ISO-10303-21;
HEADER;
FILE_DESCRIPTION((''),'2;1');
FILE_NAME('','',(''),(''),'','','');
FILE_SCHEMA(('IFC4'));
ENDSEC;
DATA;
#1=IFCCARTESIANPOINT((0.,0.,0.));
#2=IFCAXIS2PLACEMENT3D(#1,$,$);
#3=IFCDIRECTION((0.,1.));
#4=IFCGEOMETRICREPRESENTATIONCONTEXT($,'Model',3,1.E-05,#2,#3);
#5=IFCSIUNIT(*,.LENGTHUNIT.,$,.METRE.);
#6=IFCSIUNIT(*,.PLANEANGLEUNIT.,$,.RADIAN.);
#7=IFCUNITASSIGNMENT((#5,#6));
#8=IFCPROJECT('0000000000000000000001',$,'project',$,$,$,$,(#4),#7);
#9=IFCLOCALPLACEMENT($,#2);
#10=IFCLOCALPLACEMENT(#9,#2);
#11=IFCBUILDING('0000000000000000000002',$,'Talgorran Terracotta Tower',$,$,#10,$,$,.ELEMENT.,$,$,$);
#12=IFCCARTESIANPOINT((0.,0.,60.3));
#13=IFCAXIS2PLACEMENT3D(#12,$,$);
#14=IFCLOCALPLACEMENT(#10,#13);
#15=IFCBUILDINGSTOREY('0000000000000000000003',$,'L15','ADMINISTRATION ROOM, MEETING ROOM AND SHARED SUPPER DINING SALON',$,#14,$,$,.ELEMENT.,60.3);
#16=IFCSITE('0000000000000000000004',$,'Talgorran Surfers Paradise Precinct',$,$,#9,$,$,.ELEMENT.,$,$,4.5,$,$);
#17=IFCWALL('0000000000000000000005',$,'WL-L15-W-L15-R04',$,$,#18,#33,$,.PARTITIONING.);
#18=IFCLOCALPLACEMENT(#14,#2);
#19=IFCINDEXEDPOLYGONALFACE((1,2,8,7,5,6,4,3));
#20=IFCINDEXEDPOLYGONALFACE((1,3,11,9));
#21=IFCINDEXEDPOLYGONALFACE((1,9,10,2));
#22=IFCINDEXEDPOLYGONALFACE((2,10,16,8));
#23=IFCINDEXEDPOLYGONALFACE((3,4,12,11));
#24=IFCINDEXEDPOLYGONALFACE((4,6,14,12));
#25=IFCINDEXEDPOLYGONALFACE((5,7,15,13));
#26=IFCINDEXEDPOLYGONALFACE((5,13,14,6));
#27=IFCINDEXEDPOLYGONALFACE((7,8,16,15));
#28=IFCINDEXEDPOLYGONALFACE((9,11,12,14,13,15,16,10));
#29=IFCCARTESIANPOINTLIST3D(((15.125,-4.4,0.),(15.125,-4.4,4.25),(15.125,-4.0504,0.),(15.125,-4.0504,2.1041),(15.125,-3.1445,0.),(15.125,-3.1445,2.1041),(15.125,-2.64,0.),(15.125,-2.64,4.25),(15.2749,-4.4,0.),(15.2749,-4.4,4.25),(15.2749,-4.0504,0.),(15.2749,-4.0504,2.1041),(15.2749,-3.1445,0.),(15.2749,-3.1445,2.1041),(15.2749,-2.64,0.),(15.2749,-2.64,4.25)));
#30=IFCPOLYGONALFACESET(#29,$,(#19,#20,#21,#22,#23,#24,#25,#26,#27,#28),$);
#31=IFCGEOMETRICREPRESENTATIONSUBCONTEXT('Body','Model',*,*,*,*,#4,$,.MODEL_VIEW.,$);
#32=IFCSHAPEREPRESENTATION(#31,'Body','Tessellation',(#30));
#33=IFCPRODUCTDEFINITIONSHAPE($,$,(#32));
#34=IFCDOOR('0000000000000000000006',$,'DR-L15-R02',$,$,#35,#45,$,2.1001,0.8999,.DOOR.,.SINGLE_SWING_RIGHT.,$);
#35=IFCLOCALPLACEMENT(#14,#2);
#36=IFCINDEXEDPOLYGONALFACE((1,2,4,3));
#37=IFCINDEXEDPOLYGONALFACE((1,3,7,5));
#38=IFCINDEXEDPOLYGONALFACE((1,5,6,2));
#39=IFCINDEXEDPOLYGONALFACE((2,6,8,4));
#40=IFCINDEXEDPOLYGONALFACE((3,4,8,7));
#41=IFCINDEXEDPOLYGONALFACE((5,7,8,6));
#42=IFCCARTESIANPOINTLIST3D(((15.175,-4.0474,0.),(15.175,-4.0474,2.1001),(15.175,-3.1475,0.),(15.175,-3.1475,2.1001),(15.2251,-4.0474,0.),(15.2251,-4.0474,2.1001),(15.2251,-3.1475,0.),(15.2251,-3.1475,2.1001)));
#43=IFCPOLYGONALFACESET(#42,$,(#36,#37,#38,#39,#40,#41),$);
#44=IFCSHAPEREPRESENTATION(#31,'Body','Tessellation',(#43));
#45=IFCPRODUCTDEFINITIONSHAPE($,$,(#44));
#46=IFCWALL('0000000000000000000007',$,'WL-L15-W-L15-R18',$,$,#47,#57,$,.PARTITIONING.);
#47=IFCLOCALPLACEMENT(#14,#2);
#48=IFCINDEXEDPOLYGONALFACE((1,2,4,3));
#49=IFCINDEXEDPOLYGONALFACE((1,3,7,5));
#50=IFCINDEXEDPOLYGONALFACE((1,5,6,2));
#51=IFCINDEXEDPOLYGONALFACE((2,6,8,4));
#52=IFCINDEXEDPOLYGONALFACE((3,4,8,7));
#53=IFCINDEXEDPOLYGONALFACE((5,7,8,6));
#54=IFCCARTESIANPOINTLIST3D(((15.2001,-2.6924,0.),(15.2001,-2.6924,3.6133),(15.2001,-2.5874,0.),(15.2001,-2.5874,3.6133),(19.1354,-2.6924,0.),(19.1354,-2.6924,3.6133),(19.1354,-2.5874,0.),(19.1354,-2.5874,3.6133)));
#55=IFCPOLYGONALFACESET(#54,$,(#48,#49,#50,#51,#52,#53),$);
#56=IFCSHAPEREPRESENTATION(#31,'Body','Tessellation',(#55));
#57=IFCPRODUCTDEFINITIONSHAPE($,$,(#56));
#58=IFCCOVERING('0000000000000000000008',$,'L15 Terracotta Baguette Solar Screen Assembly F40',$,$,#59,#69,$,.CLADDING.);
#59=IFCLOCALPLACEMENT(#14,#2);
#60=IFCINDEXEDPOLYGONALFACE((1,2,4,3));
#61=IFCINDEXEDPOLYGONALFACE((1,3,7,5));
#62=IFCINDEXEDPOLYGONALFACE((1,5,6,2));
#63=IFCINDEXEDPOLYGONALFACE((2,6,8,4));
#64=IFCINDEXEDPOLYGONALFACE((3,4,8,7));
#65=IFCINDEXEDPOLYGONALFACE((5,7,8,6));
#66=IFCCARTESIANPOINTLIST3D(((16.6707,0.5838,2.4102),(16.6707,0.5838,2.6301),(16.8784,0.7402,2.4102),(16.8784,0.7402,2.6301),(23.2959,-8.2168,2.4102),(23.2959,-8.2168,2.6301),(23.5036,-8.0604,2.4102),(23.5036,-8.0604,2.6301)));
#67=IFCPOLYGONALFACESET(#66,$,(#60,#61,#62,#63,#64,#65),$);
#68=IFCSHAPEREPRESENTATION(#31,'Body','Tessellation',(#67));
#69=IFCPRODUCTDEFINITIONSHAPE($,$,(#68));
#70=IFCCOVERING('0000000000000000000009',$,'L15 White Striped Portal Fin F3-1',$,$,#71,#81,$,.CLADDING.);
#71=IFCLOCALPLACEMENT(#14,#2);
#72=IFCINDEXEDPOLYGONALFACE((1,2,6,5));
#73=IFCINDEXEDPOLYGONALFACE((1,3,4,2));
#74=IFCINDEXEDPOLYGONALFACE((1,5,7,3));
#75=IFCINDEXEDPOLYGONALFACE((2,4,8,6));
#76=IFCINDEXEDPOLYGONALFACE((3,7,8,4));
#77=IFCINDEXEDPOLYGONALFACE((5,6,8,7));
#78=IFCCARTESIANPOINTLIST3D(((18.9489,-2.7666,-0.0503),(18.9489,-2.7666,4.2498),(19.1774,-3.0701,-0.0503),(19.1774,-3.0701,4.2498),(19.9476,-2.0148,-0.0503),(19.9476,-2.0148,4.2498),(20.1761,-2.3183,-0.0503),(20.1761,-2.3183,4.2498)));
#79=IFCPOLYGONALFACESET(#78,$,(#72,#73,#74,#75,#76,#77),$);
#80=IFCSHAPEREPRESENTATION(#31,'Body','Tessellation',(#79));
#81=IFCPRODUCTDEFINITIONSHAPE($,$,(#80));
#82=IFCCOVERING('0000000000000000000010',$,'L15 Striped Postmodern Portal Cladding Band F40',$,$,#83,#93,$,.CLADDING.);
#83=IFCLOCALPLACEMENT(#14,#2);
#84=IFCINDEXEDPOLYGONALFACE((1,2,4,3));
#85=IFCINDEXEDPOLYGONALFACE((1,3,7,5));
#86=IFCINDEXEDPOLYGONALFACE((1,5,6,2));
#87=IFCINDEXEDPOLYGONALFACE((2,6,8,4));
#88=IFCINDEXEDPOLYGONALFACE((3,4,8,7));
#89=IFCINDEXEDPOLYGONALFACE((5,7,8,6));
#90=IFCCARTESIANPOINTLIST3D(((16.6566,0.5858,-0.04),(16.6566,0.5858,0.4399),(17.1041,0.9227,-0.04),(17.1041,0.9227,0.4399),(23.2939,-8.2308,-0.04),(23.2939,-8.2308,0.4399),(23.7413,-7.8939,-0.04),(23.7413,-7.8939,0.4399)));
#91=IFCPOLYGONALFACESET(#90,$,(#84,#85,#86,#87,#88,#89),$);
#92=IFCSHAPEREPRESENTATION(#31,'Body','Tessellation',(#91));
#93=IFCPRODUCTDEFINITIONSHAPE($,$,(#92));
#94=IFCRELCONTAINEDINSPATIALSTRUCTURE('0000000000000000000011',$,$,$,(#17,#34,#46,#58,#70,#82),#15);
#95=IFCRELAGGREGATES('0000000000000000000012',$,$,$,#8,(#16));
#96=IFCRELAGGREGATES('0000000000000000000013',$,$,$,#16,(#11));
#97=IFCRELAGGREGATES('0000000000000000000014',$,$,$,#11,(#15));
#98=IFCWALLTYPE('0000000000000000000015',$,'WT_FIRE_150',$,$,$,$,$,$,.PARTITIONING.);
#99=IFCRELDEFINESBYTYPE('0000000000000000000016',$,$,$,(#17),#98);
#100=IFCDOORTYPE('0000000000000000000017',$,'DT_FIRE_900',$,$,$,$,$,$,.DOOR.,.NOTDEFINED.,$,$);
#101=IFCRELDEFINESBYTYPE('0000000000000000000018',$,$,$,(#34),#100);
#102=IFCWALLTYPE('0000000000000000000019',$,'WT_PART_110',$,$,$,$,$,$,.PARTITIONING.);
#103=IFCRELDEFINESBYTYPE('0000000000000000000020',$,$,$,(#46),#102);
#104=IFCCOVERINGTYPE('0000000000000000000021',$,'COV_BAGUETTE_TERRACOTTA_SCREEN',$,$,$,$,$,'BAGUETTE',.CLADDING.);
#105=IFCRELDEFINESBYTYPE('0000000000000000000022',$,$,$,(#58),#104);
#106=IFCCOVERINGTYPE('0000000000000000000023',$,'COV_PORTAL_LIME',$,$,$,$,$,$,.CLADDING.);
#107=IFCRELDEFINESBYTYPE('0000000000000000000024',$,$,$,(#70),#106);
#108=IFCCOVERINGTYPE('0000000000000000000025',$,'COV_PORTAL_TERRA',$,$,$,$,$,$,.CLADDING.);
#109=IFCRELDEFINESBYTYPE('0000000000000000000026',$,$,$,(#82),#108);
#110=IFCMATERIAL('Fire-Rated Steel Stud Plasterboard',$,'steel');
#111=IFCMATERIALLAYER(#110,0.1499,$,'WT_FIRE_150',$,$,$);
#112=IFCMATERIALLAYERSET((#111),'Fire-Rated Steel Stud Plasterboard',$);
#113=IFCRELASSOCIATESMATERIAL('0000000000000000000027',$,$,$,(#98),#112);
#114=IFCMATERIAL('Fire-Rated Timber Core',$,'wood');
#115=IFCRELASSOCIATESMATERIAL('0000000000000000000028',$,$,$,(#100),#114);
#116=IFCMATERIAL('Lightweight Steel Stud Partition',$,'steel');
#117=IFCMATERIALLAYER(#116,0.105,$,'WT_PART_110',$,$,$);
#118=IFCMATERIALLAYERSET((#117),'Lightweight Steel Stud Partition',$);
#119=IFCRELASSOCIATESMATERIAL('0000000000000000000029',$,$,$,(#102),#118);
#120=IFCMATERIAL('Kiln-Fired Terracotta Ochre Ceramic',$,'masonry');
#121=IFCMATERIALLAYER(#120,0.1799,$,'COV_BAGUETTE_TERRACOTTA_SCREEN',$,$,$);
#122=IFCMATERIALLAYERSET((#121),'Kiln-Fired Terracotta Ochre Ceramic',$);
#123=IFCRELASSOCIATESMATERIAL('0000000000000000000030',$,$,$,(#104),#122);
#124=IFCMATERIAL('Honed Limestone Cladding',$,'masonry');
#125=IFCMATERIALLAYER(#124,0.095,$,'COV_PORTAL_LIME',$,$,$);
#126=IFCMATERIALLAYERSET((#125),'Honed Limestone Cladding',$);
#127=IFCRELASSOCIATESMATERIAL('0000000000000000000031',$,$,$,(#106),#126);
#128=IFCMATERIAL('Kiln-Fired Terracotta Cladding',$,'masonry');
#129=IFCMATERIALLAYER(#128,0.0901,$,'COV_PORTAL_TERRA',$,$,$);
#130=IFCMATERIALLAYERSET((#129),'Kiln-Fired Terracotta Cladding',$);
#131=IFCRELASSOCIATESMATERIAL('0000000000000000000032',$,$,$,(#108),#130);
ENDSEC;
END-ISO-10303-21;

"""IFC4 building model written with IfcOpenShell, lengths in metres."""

from ifc_helpers import new_model, si_unit, direction, frame, frame_2d, origin, origin_2d, place, context, subcontext, project, spatial, rectangle, extrude, material, layer, layer_set, type_object, element, fill, save


model = new_model("IFC4")

# Units and contexts
model_context = context("Model", 3, precision=1e-05, world=origin(), true_north=direction((0.0, 1.0)))
body_context = subcontext(model_context, "Body", "Model", "MODEL_VIEW")
ifc_project = project(units=[si_unit("LENGTHUNIT", "METRE"), si_unit("PLANEANGLEUNIT", "RADIAN")], contexts=[model_context])

# Site, building, storey
site_placement = place(None, origin())
site = spatial("IfcSite", under=ifc_project, at=site_placement, Name="Talgorran Surfers Paradise Precinct", CompositionType="ELEMENT", RefElevation=4.5)
building_placement = place(site_placement, origin())
building = spatial("IfcBuilding", under=site, at=building_placement, Name="Talgorran Terracotta Tower", CompositionType="ELEMENT")
storey_placement = place(building_placement, frame((0.0, 0.0, 60.3)))
storey = spatial("IfcBuildingStorey", under=building, at=storey_placement, Name="L15", Description="ADMINISTRATION ROOM, MEETING ROOM AND SHARED SUPPER DINING SALON", CompositionType="ELEMENT", Elevation=60.3)

# Shared definitions
ifc_material_1 = material(Name="Fire-Rated Steel Stud Plasterboard", Category="steel")
ifc_layer_1 = layer(ifc_material_1, 0.1499, Name="WT_FIRE_150")
ifc_layer_set_1 = layer_set([ifc_layer_1], Name="Fire-Rated Steel Stud Plasterboard")
wall_type_1 = type_object("IfcWallType", Name="WT_FIRE_150", PredefinedType="PARTITIONING", material=ifc_layer_set_1)
ifc_material_2 = material(Name="Fire-Rated Timber Core", Category="wood")
door_type_1 = type_object("IfcDoorType", Name="DT_FIRE_900", OperationType="NOTDEFINED", PredefinedType="DOOR", material=ifc_material_2)

# Wall, opening, door
wall_1_placement = place(storey_placement, frame((15.2, -4.3999, 0.0), z_axis=(0.0, 0.0, 1.0), x_axis=(0.0, 1.0, 0.0)))
wall_1 = element("IfcWall", 1, at=wall_1_placement, inside=storey, type_object=wall_type_1, Name="WL-L15-W-L15-R04", PredefinedType="PARTITIONING", context=body_context, shape_type="SweptSolid", body=[
    extrude(rectangle(XDim=1.76, YDim=0.1499, at=frame_2d((0.8799, 0.0))), origin(), (0.0, 0.0, 1.0), 4.25),
])
opening_1_placement = place(wall_1_placement, frame((0.3525, 0.0, 0.0)))
opening_1 = element("IfcOpeningElement", 2, at=opening_1_placement, cuts=wall_1, PredefinedType="OPENING", context=body_context, shape_type="SweptSolid", body=[
    extrude(rectangle(XDim=0.9059, YDim=2.1041, at=frame_2d((0.45, 1.052))), frame((0.0, 0.085, 0.0), z_axis=(0.0, -1.0, 0.0), x_axis=(1.0, 0.0, 0.0)), (0.0, 0.0, 1.0), 0.1699),
])
door_1_placement = place(opening_1_placement, origin())
door_1 = element("IfcDoor", 3, at=door_1_placement, inside=storey, type_object=door_type_1, Name="DR-L15-R02", OperationType="SINGLE_SWING_RIGHT", OverallHeight=2.1001, OverallWidth=0.8999, PredefinedType="DOOR", context=body_context, shape_type="SweptSolid", body=[
    extrude(rectangle(XDim=0.8999, YDim=2.1001, at=frame_2d((0.45, 1.05))), frame((0.0, 0.0249, 0.0), z_axis=(0.0, -1.0, 0.0), x_axis=(1.0, 0.0, 0.0)), (0.0, 0.0, 1.0), 0.05),
])
fill(opening_1, door_1)

# Wall
ifc_material_3 = material(Name="Lightweight Steel Stud Partition", Category="steel")
ifc_layer_2 = layer(ifc_material_3, 0.105, Name="WT_PART_110")
ifc_layer_set_2 = layer_set([ifc_layer_2], Name="Lightweight Steel Stud Partition")
wall_type_2 = type_object("IfcWallType", Name="WT_PART_110", PredefinedType="PARTITIONING", material=ifc_layer_set_2)
wall_2_placement = place(storey_placement, frame((15.2, -2.6399, 0.0), z_axis=(0.0, 0.0, 1.0), x_axis=(1.0, 0.0, 0.0)))
element("IfcWall", 4, at=wall_2_placement, inside=storey, type_object=wall_type_2, Name="WL-L15-W-L15-R18", PredefinedType="PARTITIONING", context=body_context, shape_type="SweptSolid", body=[
    extrude(rectangle(XDim=3.9353, YDim=0.105, at=frame_2d((1.9678, 0.0))), origin(), (0.0, 0.0, 1.0), 3.6133),
])

# Coverings
ifc_material_4 = material(Name="Kiln-Fired Terracotta Ochre Ceramic", Category="masonry")
ifc_layer_3 = layer(ifc_material_4, 0.1799, Name="COV_BAGUETTE_TERRACOTTA_SCREEN")
ifc_layer_set_3 = layer_set([ifc_layer_3], Name="Kiln-Fired Terracotta Ochre Ceramic")
covering_type_1 = type_object("IfcCoveringType", Name="COV_BAGUETTE_TERRACOTTA_SCREEN", ElementType="BAGUETTE", PredefinedType="CLADDING", material=ifc_layer_set_3)
covering_1_placement = place(storey_placement, frame((20.0872, -3.7383, 2.4102), z_axis=(0.0, 0.0, 1.0), x_axis=(-0.601439, 0.798919, 0.0)))
element("IfcCovering", 5, at=covering_1_placement, inside=storey, type_object=covering_type_1, Name="L15 Terracotta Baguette Solar Screen Assembly F40", PredefinedType="CLADDING", context=body_context, shape_type="SweptSolid", body=[
    extrude(rectangle(XDim=11.0156, YDim=0.26, at=origin_2d()), origin(), (0.0, 0.0, 1.0), 0.22),
])
ifc_material_5 = material(Name="Honed Limestone Cladding", Category="masonry")
ifc_layer_4 = layer(ifc_material_5, 0.095, Name="COV_PORTAL_LIME")
ifc_layer_set_4 = layer_set([ifc_layer_4], Name="Honed Limestone Cladding")
covering_type_2 = type_object("IfcCoveringType", Name="COV_PORTAL_LIME", PredefinedType="CLADDING", material=ifc_layer_set_4)
covering_2_placement = place(storey_placement, frame((19.5625, -2.5425, -0.0503), z_axis=(0.0, 0.0, 1.0), x_axis=(-0.601439, 0.798919, 0.0)))
element("IfcCovering", 6, at=covering_2_placement, inside=storey, type_object=covering_type_2, Name="L15 White Striped Portal Fin F3-1", PredefinedType="CLADDING", context=body_context, shape_type="SweptSolid", body=[
    extrude(rectangle(XDim=0.3799, YDim=1.25, at=origin_2d()), origin(), (0.0, 0.0, 1.0), 4.3),
])
ifc_material_6 = material(Name="Kiln-Fired Terracotta Cladding", Category="masonry")
ifc_layer_5 = layer(ifc_material_6, 0.0901, Name="COV_PORTAL_TERRA")
ifc_layer_set_5 = layer_set([ifc_layer_5], Name="Kiln-Fired Terracotta Cladding")
covering_type_3 = type_object("IfcCoveringType", Name="COV_PORTAL_TERRA", PredefinedType="CLADDING", material=ifc_layer_set_5)
covering_3_placement = place(storey_placement, frame((20.199, -3.6541, -0.04), z_axis=(0.0, 0.0, 1.0), x_axis=(-0.601439, 0.798919, 0.0)))
element("IfcCovering", 7, at=covering_3_placement, inside=storey, type_object=covering_type_3, Name="L15 Striped Postmodern Portal Cladding Band F40", PredefinedType="CLADDING", context=body_context, shape_type="SweptSolid", body=[
    extrude(rectangle(XDim=11.0356, YDim=0.5601, at=origin_2d()), origin(), (0.0, 0.0, 1.0), 0.48),
])

save(model, "model.ifc")
